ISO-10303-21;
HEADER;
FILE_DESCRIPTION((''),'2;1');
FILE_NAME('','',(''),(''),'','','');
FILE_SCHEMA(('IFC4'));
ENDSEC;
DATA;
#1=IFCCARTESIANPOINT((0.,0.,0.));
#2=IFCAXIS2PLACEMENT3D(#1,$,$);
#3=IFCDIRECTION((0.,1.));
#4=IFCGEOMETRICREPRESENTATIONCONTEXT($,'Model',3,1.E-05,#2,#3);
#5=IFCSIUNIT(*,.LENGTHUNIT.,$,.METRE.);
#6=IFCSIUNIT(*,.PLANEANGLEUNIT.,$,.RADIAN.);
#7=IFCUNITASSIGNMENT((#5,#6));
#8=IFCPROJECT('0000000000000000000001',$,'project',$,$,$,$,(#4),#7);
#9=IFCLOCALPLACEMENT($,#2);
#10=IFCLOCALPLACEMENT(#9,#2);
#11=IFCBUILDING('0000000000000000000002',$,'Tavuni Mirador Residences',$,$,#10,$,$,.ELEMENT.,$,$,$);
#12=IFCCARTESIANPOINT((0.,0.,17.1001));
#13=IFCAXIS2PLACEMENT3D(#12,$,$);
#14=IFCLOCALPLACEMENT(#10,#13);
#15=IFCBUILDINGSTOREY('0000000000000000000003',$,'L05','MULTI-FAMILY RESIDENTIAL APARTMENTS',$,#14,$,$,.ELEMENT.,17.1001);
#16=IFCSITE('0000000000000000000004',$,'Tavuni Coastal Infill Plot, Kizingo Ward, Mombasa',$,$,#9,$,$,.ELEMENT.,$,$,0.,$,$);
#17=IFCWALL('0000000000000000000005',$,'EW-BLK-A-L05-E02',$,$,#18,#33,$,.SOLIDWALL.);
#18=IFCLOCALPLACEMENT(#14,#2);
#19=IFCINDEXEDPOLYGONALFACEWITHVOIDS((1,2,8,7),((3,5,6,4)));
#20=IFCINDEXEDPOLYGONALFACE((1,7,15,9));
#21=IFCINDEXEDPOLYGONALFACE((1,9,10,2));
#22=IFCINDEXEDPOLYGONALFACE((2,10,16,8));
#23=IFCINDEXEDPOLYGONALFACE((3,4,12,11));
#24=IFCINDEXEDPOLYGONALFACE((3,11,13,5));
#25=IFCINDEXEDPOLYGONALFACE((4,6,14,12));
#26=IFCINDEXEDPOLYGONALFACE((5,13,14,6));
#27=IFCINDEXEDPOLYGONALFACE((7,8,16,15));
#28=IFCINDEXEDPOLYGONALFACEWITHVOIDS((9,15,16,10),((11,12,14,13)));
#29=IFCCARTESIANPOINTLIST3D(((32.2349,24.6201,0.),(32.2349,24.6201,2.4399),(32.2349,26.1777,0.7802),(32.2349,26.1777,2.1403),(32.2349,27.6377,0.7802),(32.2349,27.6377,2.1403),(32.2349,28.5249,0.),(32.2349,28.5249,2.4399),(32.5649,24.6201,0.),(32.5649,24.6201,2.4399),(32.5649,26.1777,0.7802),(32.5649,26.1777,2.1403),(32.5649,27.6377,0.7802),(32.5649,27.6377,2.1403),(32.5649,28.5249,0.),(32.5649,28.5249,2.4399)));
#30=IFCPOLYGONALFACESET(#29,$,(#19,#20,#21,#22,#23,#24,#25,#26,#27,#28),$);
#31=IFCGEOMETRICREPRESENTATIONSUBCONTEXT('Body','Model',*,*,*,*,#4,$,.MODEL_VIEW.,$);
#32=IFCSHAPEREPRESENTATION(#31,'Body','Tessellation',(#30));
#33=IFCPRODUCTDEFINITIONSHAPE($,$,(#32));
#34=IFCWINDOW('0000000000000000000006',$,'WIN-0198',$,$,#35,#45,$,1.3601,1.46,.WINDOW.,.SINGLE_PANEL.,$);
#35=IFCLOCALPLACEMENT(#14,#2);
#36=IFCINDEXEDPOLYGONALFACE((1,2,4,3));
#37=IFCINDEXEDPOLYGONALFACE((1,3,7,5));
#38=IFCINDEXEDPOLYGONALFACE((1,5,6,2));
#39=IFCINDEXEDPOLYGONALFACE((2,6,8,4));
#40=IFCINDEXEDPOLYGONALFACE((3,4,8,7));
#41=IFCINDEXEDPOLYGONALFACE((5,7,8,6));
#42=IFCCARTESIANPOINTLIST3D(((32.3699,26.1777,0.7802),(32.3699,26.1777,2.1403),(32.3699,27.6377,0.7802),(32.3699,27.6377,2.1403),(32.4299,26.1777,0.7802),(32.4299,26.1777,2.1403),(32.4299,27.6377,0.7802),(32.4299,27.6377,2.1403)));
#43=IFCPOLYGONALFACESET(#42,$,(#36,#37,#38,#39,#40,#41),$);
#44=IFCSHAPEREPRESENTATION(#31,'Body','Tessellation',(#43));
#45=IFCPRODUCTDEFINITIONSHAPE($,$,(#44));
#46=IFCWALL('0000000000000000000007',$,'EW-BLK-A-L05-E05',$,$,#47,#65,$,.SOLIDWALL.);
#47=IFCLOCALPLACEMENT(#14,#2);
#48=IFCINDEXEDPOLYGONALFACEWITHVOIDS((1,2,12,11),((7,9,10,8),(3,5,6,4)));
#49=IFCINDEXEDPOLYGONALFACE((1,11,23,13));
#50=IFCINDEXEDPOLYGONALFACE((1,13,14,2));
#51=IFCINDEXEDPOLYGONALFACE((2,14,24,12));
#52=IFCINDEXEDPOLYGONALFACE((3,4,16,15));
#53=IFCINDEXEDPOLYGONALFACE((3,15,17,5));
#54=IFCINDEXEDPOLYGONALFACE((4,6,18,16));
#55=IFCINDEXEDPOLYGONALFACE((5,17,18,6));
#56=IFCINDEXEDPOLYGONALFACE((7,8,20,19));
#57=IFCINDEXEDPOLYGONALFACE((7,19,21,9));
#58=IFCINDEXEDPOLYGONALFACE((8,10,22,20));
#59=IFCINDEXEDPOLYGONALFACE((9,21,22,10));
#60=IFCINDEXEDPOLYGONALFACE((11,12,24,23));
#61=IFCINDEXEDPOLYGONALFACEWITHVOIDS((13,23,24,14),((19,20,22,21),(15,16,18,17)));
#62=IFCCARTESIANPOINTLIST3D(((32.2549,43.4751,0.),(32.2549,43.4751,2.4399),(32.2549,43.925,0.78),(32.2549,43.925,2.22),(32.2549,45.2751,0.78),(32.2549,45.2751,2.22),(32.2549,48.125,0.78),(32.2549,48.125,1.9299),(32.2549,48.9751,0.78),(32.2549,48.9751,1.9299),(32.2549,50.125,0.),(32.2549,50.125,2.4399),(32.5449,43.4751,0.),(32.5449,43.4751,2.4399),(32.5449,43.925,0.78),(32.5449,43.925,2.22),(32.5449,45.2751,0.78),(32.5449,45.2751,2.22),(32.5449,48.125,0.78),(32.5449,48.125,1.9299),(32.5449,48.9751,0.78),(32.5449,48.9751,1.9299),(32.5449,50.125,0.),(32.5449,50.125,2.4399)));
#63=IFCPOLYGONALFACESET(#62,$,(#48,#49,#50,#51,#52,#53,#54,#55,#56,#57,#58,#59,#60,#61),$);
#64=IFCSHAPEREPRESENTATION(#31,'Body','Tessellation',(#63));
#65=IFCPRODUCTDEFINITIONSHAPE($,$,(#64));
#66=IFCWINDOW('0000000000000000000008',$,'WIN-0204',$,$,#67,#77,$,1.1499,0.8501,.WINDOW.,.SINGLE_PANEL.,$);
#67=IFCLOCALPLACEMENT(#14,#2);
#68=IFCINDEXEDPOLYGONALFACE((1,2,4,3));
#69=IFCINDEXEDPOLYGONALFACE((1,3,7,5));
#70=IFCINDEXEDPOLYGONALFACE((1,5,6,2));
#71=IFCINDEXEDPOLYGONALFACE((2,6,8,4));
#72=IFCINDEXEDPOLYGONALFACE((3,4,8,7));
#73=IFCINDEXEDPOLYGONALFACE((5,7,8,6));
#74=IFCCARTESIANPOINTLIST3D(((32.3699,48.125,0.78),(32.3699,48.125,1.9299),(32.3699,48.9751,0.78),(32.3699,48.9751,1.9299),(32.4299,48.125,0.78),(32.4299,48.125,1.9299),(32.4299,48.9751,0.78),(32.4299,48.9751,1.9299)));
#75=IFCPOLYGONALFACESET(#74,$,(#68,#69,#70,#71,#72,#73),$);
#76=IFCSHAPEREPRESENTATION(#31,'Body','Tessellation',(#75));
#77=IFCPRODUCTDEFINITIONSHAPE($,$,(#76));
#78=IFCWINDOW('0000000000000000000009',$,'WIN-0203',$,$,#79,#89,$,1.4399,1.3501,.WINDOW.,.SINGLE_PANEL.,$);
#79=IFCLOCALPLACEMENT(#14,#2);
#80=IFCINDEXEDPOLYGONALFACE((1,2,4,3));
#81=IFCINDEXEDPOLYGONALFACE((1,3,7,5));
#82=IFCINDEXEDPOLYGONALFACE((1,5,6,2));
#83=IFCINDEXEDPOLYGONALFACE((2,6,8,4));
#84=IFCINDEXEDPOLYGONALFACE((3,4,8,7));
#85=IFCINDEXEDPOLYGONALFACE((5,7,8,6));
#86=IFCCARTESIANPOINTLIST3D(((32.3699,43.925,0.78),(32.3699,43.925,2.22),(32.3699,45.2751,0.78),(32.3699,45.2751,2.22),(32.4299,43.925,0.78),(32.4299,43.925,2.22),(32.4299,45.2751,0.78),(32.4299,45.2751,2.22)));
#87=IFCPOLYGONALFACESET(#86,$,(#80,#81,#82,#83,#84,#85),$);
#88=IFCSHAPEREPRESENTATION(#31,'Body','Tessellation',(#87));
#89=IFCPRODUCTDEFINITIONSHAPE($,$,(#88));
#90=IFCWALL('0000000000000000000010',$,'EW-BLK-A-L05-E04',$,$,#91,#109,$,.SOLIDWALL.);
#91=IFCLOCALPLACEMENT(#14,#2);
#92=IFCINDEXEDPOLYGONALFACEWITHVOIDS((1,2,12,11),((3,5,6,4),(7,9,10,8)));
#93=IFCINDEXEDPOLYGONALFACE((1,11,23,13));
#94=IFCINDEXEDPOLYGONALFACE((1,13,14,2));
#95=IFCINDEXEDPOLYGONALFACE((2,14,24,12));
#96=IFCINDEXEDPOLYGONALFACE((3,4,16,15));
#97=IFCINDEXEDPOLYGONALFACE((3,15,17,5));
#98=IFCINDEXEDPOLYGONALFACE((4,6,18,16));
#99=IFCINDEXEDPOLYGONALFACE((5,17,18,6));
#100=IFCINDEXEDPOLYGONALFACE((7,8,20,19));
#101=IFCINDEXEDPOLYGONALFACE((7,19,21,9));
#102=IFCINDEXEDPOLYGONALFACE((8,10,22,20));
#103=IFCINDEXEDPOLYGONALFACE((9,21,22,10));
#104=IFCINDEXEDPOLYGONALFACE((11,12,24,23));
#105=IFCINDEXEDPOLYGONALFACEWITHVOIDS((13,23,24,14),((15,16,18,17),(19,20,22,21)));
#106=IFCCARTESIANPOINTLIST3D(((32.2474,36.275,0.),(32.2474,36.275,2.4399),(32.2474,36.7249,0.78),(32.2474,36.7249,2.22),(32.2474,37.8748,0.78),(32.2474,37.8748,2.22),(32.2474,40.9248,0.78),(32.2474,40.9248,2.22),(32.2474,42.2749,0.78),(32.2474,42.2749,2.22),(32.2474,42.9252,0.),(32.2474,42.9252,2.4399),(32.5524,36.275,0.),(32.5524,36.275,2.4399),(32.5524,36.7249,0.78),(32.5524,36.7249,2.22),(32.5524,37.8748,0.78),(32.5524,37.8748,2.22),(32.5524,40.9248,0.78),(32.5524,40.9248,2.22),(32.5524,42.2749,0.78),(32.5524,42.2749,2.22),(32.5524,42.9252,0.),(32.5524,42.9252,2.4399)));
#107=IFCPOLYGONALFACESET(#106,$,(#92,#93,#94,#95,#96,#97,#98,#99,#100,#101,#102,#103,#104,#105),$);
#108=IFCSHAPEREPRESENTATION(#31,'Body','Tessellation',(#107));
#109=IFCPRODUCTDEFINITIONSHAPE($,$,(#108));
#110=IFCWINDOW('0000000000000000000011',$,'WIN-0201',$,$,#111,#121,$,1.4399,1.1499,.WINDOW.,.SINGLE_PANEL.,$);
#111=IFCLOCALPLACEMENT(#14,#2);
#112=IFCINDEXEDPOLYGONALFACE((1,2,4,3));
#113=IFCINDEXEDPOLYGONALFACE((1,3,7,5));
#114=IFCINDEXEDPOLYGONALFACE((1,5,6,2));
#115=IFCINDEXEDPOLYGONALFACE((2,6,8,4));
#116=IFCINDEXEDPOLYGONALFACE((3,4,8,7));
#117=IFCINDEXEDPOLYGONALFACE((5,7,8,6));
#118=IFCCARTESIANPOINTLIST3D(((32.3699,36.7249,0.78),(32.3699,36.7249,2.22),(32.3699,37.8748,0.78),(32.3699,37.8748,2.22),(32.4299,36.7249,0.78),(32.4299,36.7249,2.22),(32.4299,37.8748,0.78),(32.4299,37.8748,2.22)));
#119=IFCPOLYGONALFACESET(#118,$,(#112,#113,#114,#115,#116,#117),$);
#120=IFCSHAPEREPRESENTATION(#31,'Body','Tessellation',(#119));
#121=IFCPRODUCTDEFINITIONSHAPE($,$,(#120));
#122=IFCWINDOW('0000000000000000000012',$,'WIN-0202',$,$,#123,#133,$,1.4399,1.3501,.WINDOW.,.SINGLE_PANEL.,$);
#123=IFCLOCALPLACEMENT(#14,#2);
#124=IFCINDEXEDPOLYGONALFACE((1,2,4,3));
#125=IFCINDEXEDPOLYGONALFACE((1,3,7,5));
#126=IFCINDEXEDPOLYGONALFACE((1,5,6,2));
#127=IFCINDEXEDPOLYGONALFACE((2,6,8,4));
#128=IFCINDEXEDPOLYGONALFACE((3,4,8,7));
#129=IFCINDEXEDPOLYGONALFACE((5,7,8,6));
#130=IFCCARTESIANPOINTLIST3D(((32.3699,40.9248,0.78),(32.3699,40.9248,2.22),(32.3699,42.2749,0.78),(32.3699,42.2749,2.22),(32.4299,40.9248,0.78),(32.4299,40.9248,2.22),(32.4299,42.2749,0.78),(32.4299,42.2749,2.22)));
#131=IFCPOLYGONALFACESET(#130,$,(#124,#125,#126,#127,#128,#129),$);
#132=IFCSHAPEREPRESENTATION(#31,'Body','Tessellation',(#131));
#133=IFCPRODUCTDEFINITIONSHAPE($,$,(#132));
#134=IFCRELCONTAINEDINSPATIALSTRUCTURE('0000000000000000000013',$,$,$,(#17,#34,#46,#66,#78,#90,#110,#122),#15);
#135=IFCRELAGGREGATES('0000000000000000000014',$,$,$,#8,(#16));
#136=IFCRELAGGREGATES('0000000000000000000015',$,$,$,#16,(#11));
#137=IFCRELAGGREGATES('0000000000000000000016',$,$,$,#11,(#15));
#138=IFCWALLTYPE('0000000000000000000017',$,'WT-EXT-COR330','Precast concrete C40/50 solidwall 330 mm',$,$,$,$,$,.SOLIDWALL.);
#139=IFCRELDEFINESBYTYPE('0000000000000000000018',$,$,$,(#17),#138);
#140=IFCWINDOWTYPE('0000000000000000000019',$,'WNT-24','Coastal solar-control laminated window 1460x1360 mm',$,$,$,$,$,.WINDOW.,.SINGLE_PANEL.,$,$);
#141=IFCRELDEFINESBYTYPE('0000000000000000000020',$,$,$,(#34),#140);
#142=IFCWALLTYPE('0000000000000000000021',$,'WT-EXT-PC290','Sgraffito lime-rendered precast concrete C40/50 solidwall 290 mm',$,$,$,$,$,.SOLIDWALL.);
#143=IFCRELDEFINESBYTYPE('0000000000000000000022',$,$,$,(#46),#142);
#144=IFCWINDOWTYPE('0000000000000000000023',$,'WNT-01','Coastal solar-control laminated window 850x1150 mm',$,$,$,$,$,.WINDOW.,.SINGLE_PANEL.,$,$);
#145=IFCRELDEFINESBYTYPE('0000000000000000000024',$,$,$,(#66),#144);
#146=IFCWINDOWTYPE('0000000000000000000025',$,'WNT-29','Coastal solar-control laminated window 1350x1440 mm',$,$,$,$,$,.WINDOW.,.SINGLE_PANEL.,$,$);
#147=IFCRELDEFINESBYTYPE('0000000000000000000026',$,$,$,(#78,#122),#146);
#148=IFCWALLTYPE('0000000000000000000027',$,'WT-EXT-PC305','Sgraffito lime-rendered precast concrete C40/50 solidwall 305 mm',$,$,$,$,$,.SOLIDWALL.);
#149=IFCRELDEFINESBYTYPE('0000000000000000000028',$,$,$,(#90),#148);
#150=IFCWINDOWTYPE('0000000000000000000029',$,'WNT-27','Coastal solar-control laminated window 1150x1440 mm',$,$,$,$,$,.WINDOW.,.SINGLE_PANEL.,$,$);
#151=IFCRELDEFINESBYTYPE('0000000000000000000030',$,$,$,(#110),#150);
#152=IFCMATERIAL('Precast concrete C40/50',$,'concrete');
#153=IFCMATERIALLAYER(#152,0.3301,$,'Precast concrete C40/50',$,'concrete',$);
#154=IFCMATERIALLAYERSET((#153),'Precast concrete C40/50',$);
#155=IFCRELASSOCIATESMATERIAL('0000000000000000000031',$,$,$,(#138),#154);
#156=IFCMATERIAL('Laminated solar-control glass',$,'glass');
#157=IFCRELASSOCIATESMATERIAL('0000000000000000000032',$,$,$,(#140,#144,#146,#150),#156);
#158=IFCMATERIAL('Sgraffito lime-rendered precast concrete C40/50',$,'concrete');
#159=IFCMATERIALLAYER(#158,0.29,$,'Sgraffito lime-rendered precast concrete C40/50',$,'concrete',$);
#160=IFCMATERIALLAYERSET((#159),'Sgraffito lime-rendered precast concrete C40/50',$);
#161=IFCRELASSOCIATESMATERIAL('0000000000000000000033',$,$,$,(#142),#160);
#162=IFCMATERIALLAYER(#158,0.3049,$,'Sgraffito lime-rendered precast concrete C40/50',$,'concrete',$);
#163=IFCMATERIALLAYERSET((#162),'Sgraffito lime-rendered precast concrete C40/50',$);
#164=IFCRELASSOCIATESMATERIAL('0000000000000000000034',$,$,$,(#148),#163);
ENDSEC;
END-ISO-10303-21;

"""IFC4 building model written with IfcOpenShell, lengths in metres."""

from ifc_helpers import new_model, si_unit, direction, frame, frame_2d, origin, place, context, subcontext, project, spatial, rectangle, extrude, material, layer, layer_set, type_object, element, fill, save


model = new_model("IFC4")

# Units and contexts
model_context = context("Model", 3, precision=1e-05, world=origin(), true_north=direction((0.0, 1.0)))
body_context = subcontext(model_context, "Body", "Model", "MODEL_VIEW")
ifc_project = project(units=[si_unit("LENGTHUNIT", "METRE"), si_unit("PLANEANGLEUNIT", "RADIAN")], contexts=[model_context])

# Site, building, storey
site_placement = place(None, origin())
site = spatial("IfcSite", under=ifc_project, at=site_placement, Name="Tavuni Coastal Infill Plot, Kizingo Ward, Mombasa", CompositionType="ELEMENT", RefElevation=0.0)
building_placement = place(site_placement, origin())
building = spatial("IfcBuilding", under=site, at=building_placement, Name="Tavuni Mirador Residences", CompositionType="ELEMENT")
storey_placement = place(building_placement, frame((0.0, 0.0, 17.1001)))
storey = spatial("IfcBuildingStorey", under=building, at=storey_placement, Name="L05", Description="MULTI-FAMILY RESIDENTIAL APARTMENTS", CompositionType="ELEMENT", Elevation=17.1001)

# Shared definitions
ifc_material_1 = material(Name="Precast concrete C40/50", Category="concrete")

# Shared definitions
ifc_material_2 = material(Name="Laminated solar-control glass", Category="glass")

# Wall, opening, window
ifc_layer_1 = layer(ifc_material_1, 0.3301, Name="Precast concrete C40/50", Category="concrete")
ifc_layer_set_1 = layer_set([ifc_layer_1], Name="Precast concrete C40/50")
wall_type_1 = type_object("IfcWallType", Name="WT-EXT-COR330", Description="Precast concrete C40/50 solidwall 330 mm", PredefinedType="SOLIDWALL", material=ifc_layer_set_1)
wall_1_placement = place(storey_placement, frame((32.3999, 24.6201, 0.0), z_axis=(0.0, 0.0, 1.0), x_axis=(0.0, 1.0, 0.0)))
wall_1 = element("IfcWall", 1, at=wall_1_placement, inside=storey, type_object=wall_type_1, Name="EW-BLK-A-L05-E02", PredefinedType="SOLIDWALL", context=body_context, shape_type="SweptSolid", body=[
    extrude(rectangle(XDim=3.9048, YDim=0.3301, at=frame_2d((1.9524, 0.0))), origin(), (0.0, 0.0, 1.0), 2.4399),
])
opening_1_placement = place(wall_1_placement, frame((1.5576, 0.0, 0.78)))
opening_1 = element("IfcOpeningElement", 2, at=opening_1_placement, cuts=wall_1, PredefinedType="OPENING", context=body_context, shape_type="SweptSolid", body=[
    extrude(rectangle(XDim=1.46, YDim=1.3601, at=frame_2d((0.73, 0.6802))), frame((0.0, 0.175, 0.0), z_axis=(0.0, -1.0, 0.0), x_axis=(1.0, 0.0, 0.0)), (0.0, 0.0, 1.0), 0.3501),
])
window_type_1 = type_object("IfcWindowType", Name="WNT-24", Description="Coastal solar-control laminated window 1460x1360 mm", PartitioningType="SINGLE_PANEL", PredefinedType="WINDOW", material=ifc_material_2)
window_1_placement = place(opening_1_placement, origin())
window_1 = element("IfcWindow", 3, at=window_1_placement, inside=storey, type_object=window_type_1, Name="WIN-0198", OverallHeight=1.3601, OverallWidth=1.46, PartitioningType="SINGLE_PANEL", PredefinedType="WINDOW", context=body_context, shape_type="SweptSolid", body=[
    extrude(rectangle(XDim=1.46, YDim=1.3601, at=frame_2d((0.73, 0.6802))), frame((0.0, 0.03, 0.0), z_axis=(0.0, -1.0, 0.0), x_axis=(1.0, 0.0, 0.0)), (0.0, 0.0, 1.0), 0.0601),
])
fill(opening_1, window_1)

# Walls, openings, windows
ifc_material_3 = material(Name="Sgraffito lime-rendered precast concrete C40/50", Category="concrete")
ifc_layer_2 = layer(ifc_material_3, 0.29, Name="Sgraffito lime-rendered precast concrete C40/50", Category="concrete")
ifc_layer_set_2 = layer_set([ifc_layer_2], Name="Sgraffito lime-rendered precast concrete C40/50")
wall_type_2 = type_object("IfcWallType", Name="WT-EXT-PC290", Description="Sgraffito lime-rendered precast concrete C40/50 solidwall 290 mm", PredefinedType="SOLIDWALL", material=ifc_layer_set_2)
wall_2_placement = place(storey_placement, frame((32.3999, 43.4751, 0.0), z_axis=(0.0, 0.0, 1.0), x_axis=(0.0, 1.0, 0.0)))
wall_2 = element("IfcWall", 4, at=wall_2_placement, inside=storey, type_object=wall_type_2, Name="EW-BLK-A-L05-E05", PredefinedType="SOLIDWALL", context=body_context, shape_type="SweptSolid", body=[
    extrude(rectangle(XDim=6.6499, YDim=0.29, at=frame_2d((3.325, 0.0))), origin(), (0.0, 0.0, 1.0), 2.4399),
])
opening_2_placement = place(wall_2_placement, frame((0.45, 0.0, 0.78)))
opening_2 = element("IfcOpeningElement", 5, at=opening_2_placement, cuts=wall_2, PredefinedType="OPENING", context=body_context, shape_type="SweptSolid", body=[
    extrude(rectangle(XDim=1.3501, YDim=1.4399, at=frame_2d((0.675, 0.72))), frame((0.0, 0.155, 0.0), z_axis=(0.0, -1.0, 0.0), x_axis=(1.0, 0.0, 0.0)), (0.0, 0.0, 1.0), 0.3101),
])
opening_3_placement = place(wall_2_placement, frame((4.6499, 0.0, 0.78)))
opening_3 = element("IfcOpeningElement", 6, at=opening_3_placement, cuts=wall_2, PredefinedType="OPENING", context=body_context, shape_type="SweptSolid", body=[
    extrude(rectangle(XDim=0.8501, YDim=1.1499, at=frame_2d((0.425, 0.575))), frame((0.0, 0.155, 0.0), z_axis=(0.0, -1.0, 0.0), x_axis=(1.0, 0.0, 0.0)), (0.0, 0.0, 1.0), 0.3101),
])
window_type_2 = type_object("IfcWindowType", Name="WNT-01", Description="Coastal solar-control laminated window 850x1150 mm", PartitioningType="SINGLE_PANEL", PredefinedType="WINDOW", material=ifc_material_2)
window_2_placement = place(opening_3_placement, origin())
window_2 = element("IfcWindow", 7, at=window_2_placement, inside=storey, type_object=window_type_2, Name="WIN-0204", OverallHeight=1.1499, OverallWidth=0.8501, PartitioningType="SINGLE_PANEL", PredefinedType="WINDOW", context=body_context, shape_type="SweptSolid", body=[
    extrude(rectangle(XDim=0.8501, YDim=1.1499, at=frame_2d((0.425, 0.575))), frame((0.0, 0.03, 0.0), z_axis=(0.0, -1.0, 0.0), x_axis=(1.0, 0.0, 0.0)), (0.0, 0.0, 1.0), 0.0601),
])
fill(opening_3, window_2)
window_type_3 = type_object("IfcWindowType", Name="WNT-29", Description="Coastal solar-control laminated window 1350x1440 mm", PartitioningType="SINGLE_PANEL", PredefinedType="WINDOW", material=ifc_material_2)
window_3_placement = place(opening_2_placement, origin())
window_3 = element("IfcWindow", 8, at=window_3_placement, inside=storey, type_object=window_type_3, Name="WIN-0203", OverallHeight=1.4399, OverallWidth=1.3501, PartitioningType="SINGLE_PANEL", PredefinedType="WINDOW", context=body_context, shape_type="SweptSolid", body=[
    extrude(rectangle(XDim=1.3501, YDim=1.4399, at=frame_2d((0.675, 0.72))), frame((0.0, 0.03, 0.0), z_axis=(0.0, -1.0, 0.0), x_axis=(1.0, 0.0, 0.0)), (0.0, 0.0, 1.0), 0.0601),
])
fill(opening_2, window_3)
ifc_layer_3 = layer(ifc_material_3, 0.3049, Name="Sgraffito lime-rendered precast concrete C40/50", Category="concrete")
ifc_layer_set_3 = layer_set([ifc_layer_3], Name="Sgraffito lime-rendered precast concrete C40/50")
wall_type_3 = type_object("IfcWallType", Name="WT-EXT-PC305", Description="Sgraffito lime-rendered precast concrete C40/50 solidwall 305 mm", PredefinedType="SOLIDWALL", material=ifc_layer_set_3)
wall_3_placement = place(storey_placement, frame((32.3999, 36.2749, 0.0), z_axis=(0.0, 0.0, 1.0), x_axis=(0.0, 1.0, 0.0)))
wall_3 = element("IfcWall", 9, at=wall_3_placement, inside=storey, type_object=wall_type_3, Name="EW-BLK-A-L05-E04", PredefinedType="SOLIDWALL", context=body_context, shape_type="SweptSolid", body=[
    extrude(rectangle(XDim=6.6501, YDim=0.3049, at=frame_2d((3.3252, 0.0))), origin(), (0.0, 0.0, 1.0), 2.4399),
])
opening_4_placement = place(wall_3_placement, frame((0.45, 0.0, 0.78)))
opening_4 = element("IfcOpeningElement", 10, at=opening_4_placement, cuts=wall_3, PredefinedType="OPENING", context=body_context, shape_type="SweptSolid", body=[
    extrude(rectangle(XDim=1.1499, YDim=1.4399, at=frame_2d((0.575, 0.72))), frame((0.0, 0.1626, 0.0), z_axis=(0.0, -1.0, 0.0), x_axis=(1.0, 0.0, 0.0)), (0.0, 0.0, 1.0), 0.325),
])
opening_5_placement = place(wall_3_placement, frame((4.6499, 0.0, 0.78)))
opening_5 = element("IfcOpeningElement", 11, at=opening_5_placement, cuts=wall_3, PredefinedType="OPENING", context=body_context, shape_type="SweptSolid", body=[
    extrude(rectangle(XDim=1.3501, YDim=1.4399, at=frame_2d((0.675, 0.72))), frame((0.0, 0.1626, 0.0), z_axis=(0.0, -1.0, 0.0), x_axis=(1.0, 0.0, 0.0)), (0.0, 0.0, 1.0), 0.325),
])
window_type_4 = type_object("IfcWindowType", Name="WNT-27", Description="Coastal solar-control laminated window 1150x1440 mm", PartitioningType="SINGLE_PANEL", PredefinedType="WINDOW", material=ifc_material_2)
window_4_placement = place(opening_4_placement, origin())
window_4 = element("IfcWindow", 12, at=window_4_placement, inside=storey, type_object=window_type_4, Name="WIN-0201", OverallHeight=1.4399, OverallWidth=1.1499, PartitioningType="SINGLE_PANEL", PredefinedType="WINDOW", context=body_context, shape_type="SweptSolid", body=[
    extrude(rectangle(XDim=1.1499, YDim=1.4399, at=frame_2d((0.575, 0.72))), frame((0.0, 0.03, 0.0), z_axis=(0.0, -1.0, 0.0), x_axis=(1.0, 0.0, 0.0)), (0.0, 0.0, 1.0), 0.0601),
])
fill(opening_4, window_4)
window_5_placement = place(opening_5_placement, origin())
window_5 = element("IfcWindow", 13, at=window_5_placement, inside=storey, type_object=window_type_3, Name="WIN-0202", OverallHeight=1.4399, OverallWidth=1.3501, PartitioningType="SINGLE_PANEL", PredefinedType="WINDOW", context=body_context, shape_type="SweptSolid", body=[
    extrude(rectangle(XDim=1.3501, YDim=1.4399, at=frame_2d((0.675, 0.72))), frame((0.0, 0.03, 0.0), z_axis=(0.0, -1.0, 0.0), x_axis=(1.0, 0.0, 0.0)), (0.0, 0.0, 1.0), 0.0601),
])
fill(opening_5, window_5)

save(model, "model.ifc")
